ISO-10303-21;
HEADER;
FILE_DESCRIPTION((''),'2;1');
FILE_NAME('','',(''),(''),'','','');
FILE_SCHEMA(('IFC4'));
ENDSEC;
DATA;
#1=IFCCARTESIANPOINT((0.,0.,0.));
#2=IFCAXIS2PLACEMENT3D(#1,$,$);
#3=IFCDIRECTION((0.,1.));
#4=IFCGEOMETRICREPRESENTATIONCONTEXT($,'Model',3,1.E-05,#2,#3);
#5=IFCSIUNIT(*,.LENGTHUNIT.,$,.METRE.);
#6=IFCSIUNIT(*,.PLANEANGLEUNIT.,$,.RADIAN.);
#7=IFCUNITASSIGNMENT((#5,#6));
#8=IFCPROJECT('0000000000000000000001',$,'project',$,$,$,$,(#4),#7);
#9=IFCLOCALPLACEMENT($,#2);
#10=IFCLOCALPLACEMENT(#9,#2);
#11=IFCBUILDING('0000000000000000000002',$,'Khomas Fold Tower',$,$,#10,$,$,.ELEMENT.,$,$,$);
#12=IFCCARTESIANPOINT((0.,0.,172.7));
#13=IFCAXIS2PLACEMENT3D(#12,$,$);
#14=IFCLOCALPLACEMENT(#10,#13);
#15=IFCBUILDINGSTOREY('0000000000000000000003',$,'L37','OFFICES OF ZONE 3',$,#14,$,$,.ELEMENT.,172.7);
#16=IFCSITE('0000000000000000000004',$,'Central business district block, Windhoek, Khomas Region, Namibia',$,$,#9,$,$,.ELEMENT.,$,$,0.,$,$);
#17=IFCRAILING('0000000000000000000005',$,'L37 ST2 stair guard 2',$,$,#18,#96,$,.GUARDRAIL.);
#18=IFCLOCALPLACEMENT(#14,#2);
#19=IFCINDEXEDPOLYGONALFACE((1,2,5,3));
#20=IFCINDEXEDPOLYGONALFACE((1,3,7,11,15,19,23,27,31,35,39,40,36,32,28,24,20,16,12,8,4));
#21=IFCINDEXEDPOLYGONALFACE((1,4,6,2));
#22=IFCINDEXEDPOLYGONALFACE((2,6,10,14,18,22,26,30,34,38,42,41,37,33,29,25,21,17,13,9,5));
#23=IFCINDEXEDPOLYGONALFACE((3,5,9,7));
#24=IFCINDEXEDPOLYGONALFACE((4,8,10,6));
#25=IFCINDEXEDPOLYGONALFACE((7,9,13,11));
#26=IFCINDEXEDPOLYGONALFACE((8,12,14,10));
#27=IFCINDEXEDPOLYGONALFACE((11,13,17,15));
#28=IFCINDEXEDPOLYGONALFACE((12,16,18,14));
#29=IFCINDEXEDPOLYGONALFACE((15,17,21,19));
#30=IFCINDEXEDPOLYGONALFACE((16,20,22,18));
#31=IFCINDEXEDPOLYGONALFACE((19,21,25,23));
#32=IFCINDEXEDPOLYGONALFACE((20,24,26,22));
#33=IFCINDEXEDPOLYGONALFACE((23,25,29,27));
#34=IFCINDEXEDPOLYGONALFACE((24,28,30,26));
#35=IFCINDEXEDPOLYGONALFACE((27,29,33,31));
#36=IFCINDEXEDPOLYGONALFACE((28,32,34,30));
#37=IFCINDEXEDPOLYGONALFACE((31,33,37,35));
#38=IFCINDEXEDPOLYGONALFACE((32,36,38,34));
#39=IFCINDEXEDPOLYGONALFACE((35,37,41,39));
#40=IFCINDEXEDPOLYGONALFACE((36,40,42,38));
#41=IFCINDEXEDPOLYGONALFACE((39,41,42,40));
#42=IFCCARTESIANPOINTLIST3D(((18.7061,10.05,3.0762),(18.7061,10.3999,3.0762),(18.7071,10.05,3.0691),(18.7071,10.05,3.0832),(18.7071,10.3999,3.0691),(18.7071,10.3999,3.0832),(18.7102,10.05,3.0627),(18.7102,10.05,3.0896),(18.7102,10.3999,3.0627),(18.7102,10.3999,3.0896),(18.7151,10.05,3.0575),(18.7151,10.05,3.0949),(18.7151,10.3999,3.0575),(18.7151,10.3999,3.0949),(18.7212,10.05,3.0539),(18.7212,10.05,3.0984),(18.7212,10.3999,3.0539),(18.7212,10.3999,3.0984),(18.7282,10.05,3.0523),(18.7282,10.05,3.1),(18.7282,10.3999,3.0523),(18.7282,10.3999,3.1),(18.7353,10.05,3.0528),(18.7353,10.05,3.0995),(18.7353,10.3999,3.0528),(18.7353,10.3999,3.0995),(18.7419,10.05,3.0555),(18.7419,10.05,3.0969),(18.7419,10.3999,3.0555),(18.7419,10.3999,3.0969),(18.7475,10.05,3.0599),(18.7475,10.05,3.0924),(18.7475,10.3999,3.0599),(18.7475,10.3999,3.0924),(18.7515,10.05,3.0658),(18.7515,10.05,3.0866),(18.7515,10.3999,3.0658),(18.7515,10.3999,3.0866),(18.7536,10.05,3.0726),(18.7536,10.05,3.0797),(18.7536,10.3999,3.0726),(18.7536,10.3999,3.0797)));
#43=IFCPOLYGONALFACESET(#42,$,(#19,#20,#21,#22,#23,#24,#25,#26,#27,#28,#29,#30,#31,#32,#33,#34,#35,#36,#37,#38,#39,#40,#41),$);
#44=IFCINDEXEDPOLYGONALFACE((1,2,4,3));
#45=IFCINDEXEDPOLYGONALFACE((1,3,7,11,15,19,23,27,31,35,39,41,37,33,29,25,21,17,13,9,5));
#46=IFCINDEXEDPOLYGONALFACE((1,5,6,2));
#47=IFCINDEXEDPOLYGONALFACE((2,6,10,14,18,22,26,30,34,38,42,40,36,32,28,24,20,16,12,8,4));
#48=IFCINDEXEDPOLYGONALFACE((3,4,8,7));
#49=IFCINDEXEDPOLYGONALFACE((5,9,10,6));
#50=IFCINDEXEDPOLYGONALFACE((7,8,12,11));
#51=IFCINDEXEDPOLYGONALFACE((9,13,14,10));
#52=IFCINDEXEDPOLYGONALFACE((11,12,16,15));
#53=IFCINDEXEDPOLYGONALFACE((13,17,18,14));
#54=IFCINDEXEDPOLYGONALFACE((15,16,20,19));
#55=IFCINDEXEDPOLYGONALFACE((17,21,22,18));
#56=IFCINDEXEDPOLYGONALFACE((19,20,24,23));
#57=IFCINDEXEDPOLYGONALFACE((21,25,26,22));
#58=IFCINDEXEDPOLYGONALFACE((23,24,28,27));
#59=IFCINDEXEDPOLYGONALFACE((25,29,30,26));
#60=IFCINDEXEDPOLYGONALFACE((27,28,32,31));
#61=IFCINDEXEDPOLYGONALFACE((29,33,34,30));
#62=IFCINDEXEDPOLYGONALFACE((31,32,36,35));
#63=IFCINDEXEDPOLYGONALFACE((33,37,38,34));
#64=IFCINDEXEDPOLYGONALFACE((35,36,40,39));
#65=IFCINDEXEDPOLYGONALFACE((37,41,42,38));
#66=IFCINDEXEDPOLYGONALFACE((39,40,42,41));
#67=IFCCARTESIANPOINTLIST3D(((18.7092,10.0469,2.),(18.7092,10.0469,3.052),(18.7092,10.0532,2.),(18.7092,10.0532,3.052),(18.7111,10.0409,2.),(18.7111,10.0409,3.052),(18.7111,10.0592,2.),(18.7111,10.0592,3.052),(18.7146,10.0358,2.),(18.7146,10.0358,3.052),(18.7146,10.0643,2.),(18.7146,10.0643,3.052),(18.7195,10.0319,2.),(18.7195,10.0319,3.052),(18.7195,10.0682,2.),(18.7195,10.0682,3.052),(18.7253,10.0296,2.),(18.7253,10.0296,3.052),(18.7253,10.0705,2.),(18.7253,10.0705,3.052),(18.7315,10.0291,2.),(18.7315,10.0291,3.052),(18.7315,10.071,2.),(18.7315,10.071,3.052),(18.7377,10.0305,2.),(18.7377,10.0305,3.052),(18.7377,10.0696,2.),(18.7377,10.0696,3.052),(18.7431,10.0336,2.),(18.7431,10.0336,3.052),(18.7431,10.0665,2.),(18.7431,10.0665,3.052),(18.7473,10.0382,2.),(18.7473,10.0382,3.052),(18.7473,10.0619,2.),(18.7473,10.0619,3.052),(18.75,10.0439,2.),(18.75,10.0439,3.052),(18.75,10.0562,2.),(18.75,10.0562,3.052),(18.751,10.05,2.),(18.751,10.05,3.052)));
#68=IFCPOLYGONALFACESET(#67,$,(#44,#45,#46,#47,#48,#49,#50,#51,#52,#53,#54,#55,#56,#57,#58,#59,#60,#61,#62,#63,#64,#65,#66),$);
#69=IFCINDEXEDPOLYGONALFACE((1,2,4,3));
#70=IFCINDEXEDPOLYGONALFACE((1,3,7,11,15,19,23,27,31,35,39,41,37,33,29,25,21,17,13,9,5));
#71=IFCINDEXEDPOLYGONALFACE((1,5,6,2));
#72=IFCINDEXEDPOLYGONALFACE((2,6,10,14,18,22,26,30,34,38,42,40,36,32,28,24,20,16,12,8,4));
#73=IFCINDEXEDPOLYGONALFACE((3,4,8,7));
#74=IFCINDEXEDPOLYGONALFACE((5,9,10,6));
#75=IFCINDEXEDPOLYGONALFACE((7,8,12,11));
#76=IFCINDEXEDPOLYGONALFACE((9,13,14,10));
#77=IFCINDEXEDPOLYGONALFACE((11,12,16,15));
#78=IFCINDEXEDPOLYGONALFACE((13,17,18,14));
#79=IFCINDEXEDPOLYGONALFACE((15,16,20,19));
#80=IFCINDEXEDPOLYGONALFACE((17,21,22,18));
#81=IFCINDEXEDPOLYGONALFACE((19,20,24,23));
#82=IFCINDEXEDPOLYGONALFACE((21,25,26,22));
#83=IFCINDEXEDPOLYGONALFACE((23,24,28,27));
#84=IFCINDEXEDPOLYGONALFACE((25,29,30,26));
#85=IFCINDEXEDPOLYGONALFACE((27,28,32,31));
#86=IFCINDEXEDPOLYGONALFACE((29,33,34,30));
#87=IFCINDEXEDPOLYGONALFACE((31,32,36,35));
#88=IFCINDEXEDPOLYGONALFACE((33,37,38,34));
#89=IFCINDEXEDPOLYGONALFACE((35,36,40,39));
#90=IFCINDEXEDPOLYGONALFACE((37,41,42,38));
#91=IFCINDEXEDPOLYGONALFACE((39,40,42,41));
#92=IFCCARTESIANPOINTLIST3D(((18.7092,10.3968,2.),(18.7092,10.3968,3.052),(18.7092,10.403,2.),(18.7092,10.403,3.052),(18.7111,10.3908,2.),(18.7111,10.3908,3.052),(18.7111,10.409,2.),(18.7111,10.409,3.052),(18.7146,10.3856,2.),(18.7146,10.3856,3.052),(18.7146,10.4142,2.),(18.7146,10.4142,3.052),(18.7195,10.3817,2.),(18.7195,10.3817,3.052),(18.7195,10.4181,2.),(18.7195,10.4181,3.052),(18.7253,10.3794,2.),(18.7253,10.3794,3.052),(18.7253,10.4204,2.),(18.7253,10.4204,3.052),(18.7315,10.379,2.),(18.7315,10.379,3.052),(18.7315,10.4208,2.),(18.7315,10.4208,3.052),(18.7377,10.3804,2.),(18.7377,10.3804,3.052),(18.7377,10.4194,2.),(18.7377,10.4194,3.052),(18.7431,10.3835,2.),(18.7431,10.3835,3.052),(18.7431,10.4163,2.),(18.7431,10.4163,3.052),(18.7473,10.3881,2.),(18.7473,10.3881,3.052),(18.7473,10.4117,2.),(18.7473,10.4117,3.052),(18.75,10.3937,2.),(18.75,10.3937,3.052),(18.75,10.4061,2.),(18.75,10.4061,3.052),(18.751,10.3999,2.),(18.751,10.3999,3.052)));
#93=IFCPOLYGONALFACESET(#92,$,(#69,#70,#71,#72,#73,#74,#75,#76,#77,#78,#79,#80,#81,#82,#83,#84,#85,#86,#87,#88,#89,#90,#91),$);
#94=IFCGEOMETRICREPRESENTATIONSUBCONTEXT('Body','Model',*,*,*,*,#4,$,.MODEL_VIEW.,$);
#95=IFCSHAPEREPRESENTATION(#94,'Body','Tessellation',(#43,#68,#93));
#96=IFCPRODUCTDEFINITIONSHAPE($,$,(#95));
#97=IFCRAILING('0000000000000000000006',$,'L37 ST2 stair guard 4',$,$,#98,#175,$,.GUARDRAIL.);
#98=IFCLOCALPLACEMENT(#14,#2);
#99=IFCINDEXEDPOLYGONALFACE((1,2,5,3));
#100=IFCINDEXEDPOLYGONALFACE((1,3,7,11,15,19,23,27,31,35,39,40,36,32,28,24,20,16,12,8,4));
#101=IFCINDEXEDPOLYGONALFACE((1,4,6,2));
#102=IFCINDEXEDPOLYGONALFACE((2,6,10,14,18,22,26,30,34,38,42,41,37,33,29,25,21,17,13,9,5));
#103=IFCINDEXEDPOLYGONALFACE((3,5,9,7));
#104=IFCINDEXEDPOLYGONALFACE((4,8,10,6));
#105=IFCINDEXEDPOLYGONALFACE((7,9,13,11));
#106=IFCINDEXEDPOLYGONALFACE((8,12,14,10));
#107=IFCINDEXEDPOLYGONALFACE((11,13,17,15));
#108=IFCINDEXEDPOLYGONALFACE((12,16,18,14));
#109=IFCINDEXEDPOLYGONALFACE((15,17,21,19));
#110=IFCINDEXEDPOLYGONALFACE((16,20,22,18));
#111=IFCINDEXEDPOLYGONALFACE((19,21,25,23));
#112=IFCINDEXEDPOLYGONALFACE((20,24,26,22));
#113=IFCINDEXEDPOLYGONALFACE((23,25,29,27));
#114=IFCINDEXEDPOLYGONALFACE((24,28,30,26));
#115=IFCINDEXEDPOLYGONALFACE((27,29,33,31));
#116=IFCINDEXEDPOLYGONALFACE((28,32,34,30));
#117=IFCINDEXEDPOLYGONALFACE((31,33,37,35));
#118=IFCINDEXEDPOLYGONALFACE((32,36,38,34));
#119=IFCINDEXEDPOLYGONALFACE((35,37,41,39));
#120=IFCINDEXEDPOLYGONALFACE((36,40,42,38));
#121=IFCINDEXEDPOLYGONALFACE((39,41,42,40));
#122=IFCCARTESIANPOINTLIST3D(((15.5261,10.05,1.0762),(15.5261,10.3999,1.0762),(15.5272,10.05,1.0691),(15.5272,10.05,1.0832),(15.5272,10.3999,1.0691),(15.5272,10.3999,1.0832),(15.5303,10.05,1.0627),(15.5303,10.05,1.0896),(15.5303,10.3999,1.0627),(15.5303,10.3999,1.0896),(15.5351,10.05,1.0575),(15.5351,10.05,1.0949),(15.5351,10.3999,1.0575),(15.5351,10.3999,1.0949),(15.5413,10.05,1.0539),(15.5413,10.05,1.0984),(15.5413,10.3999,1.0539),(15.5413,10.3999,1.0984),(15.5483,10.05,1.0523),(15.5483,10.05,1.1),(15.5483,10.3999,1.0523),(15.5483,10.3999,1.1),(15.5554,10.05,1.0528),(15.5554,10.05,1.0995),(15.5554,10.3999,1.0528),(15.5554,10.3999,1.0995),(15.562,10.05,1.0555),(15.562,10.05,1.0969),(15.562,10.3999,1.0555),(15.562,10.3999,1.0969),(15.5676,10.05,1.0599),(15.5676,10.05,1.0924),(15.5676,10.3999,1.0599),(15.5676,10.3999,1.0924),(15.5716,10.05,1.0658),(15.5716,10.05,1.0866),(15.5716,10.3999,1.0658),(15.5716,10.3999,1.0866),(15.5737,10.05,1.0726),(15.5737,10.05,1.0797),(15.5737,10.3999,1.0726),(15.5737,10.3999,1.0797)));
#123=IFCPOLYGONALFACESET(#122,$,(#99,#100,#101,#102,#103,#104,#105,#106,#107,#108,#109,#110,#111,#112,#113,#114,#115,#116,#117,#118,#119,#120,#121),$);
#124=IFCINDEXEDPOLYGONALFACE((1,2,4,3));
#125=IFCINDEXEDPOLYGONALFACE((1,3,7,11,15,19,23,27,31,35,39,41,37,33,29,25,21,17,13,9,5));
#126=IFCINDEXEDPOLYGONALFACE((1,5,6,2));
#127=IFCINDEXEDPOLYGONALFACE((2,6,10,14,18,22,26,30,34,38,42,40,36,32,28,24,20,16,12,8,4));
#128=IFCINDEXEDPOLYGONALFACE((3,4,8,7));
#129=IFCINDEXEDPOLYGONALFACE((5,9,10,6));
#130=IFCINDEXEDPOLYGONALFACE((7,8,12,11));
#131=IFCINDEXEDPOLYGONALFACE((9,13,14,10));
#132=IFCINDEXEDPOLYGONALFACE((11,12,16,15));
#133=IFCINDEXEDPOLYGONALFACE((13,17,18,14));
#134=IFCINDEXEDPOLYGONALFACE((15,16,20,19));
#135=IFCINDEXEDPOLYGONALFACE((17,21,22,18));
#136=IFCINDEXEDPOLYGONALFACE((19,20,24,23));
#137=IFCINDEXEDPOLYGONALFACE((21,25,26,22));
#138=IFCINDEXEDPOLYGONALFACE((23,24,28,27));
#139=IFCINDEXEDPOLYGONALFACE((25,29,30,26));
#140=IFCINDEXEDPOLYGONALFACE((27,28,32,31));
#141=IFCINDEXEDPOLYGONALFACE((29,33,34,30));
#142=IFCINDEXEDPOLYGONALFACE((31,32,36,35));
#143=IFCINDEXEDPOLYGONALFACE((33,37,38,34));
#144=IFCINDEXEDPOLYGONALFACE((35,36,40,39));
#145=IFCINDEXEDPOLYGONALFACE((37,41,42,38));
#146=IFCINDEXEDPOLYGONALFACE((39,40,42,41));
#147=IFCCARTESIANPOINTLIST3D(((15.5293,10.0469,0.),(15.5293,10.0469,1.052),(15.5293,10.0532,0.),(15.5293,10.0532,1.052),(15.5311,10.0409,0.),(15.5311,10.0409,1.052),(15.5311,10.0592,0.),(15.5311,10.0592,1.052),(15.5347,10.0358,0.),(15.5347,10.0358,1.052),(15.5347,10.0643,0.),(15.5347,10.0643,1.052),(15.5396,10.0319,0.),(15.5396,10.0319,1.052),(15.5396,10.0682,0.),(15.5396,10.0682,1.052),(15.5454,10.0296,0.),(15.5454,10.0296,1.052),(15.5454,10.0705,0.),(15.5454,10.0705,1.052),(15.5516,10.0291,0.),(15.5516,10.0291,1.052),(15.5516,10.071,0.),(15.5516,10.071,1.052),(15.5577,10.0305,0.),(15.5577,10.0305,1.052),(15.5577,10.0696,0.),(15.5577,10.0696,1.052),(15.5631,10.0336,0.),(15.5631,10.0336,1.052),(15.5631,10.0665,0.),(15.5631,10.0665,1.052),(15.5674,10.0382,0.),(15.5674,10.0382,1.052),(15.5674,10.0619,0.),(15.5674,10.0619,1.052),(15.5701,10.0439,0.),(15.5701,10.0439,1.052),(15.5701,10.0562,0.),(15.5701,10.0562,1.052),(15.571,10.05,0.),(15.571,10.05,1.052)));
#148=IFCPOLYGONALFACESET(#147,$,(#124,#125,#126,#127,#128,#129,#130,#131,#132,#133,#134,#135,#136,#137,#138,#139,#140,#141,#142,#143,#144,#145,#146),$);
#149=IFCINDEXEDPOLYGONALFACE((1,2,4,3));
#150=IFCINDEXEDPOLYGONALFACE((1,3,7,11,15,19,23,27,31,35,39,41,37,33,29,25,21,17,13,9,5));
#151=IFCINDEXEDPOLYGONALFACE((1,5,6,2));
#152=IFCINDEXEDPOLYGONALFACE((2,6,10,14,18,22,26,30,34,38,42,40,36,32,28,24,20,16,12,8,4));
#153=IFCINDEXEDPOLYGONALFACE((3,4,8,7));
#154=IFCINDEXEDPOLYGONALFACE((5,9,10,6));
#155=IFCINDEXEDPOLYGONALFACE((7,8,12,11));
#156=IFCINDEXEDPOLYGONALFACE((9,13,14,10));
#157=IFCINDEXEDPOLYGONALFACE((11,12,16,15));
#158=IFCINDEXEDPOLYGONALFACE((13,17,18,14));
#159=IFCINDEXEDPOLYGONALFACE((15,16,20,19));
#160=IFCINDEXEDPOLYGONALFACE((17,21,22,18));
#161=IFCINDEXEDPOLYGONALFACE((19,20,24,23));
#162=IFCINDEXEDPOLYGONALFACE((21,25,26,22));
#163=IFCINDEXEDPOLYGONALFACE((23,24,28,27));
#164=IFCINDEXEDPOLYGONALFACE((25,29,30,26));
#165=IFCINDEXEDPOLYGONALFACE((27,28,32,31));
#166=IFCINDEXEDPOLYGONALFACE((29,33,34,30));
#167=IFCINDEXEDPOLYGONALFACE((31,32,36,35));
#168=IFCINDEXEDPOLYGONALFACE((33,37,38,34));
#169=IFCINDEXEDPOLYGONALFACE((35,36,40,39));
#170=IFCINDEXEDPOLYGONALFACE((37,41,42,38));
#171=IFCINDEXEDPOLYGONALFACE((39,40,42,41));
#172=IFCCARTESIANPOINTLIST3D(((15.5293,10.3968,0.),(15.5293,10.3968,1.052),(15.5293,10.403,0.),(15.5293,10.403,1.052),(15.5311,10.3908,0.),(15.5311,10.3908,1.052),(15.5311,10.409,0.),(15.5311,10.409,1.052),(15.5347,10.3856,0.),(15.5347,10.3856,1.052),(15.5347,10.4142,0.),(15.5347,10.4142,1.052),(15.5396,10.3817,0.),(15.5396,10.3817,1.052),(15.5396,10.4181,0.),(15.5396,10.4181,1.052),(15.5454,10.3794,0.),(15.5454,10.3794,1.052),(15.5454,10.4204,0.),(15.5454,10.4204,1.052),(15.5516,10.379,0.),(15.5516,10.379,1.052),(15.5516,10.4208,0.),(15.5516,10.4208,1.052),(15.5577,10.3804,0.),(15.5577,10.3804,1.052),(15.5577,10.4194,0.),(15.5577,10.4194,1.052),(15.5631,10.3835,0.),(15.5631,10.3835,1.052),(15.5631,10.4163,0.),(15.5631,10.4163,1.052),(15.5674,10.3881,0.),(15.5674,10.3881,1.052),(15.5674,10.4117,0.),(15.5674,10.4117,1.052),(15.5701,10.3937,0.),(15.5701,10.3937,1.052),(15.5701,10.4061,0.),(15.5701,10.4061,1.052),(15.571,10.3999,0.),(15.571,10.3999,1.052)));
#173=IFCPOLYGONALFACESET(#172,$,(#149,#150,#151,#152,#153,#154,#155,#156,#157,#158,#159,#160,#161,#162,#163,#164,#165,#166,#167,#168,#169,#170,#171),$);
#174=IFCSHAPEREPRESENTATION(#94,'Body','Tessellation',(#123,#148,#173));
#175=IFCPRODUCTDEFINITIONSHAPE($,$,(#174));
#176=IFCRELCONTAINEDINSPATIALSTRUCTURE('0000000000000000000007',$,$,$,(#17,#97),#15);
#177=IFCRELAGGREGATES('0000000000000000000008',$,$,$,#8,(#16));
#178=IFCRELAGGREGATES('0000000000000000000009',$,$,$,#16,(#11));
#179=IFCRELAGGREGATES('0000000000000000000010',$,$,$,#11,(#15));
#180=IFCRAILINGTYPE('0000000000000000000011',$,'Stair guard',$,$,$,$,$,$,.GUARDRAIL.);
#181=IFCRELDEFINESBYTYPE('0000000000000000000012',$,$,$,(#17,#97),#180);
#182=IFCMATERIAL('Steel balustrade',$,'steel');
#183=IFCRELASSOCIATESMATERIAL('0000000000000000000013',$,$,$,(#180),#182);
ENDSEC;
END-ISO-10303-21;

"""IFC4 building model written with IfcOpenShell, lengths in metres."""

from ifc_helpers import new_model, si_unit, direction, frame, origin, origin_2d, place, context, subcontext, project, spatial, circle, extrude, source, transform, mapped, material, type_object, element, save


model = new_model("IFC4")

# Units and contexts
model_context = context("Model", 3, precision=1e-05, world=origin(), true_north=direction((0.0, 1.0)))
body_context = subcontext(model_context, "Body", "Model", "MODEL_VIEW")
ifc_project = project(units=[si_unit("LENGTHUNIT", "METRE"), si_unit("PLANEANGLEUNIT", "RADIAN")], contexts=[model_context])

# Site, building, storey
site_placement = place(None, origin())
site = spatial("IfcSite", under=ifc_project, at=site_placement, Name="Central business district block, Windhoek, Khomas Region, Namibia", CompositionType="ELEMENT", RefElevation=0.0)
building_placement = place(site_placement, origin())
building = spatial("IfcBuilding", under=site, at=building_placement, Name="Khomas Fold Tower", CompositionType="ELEMENT")
storey_placement = place(building_placement, frame((0.0, 0.0, 172.7)))
storey = spatial("IfcBuildingStorey", under=building, at=storey_placement, Name="L37", Description="OFFICES OF ZONE 3", CompositionType="ELEMENT", Elevation=172.7)

# Railings
ifc_material_1 = material(Name="Steel balustrade", Category="steel")
railing_type_1 = type_object("IfcRailingType", Name="Stair guard", PredefinedType="GUARDRAIL", material=ifc_material_1)
shared_shape_1 = source(origin(), body_context, "Body", "SweptSolid", [
    extrude(circle(Radius=0.0239, at=origin_2d()), frame((0.0, 0.0, 1.0762), z_axis=(0.0, 1.0, 0.0), x_axis=(-1.0, 0.0, 0.0)), (0.0, 0.0, 1.0), 0.3499),
    extrude(circle(Radius=0.021, at=origin_2d()), origin(), (0.0, 0.0, 1.0), 1.052),
    extrude(circle(Radius=0.021, at=origin_2d()), frame((0.0, 0.3499, 0.0)), (0.0, 0.0, 1.0), 1.052),
])
for number, where, name in (
    (1, (18.73, 10.05, 2.0), "L37 ST2 stair guard 2"),
    (2, (15.55, 10.05, 0.0), "L37 ST2 stair guard 4"),
):
    element("IfcRailing", number, at=place(storey_placement, frame(where)), inside=storey, type_object=railing_type_1, Name=name, PredefinedType="GUARDRAIL", context=body_context, shape_type="MappedRepresentation", body=[
        mapped(shared_shape_1, transform((0.0, 0.0, 0.0))),
    ])

save(model, "model.ifc")
